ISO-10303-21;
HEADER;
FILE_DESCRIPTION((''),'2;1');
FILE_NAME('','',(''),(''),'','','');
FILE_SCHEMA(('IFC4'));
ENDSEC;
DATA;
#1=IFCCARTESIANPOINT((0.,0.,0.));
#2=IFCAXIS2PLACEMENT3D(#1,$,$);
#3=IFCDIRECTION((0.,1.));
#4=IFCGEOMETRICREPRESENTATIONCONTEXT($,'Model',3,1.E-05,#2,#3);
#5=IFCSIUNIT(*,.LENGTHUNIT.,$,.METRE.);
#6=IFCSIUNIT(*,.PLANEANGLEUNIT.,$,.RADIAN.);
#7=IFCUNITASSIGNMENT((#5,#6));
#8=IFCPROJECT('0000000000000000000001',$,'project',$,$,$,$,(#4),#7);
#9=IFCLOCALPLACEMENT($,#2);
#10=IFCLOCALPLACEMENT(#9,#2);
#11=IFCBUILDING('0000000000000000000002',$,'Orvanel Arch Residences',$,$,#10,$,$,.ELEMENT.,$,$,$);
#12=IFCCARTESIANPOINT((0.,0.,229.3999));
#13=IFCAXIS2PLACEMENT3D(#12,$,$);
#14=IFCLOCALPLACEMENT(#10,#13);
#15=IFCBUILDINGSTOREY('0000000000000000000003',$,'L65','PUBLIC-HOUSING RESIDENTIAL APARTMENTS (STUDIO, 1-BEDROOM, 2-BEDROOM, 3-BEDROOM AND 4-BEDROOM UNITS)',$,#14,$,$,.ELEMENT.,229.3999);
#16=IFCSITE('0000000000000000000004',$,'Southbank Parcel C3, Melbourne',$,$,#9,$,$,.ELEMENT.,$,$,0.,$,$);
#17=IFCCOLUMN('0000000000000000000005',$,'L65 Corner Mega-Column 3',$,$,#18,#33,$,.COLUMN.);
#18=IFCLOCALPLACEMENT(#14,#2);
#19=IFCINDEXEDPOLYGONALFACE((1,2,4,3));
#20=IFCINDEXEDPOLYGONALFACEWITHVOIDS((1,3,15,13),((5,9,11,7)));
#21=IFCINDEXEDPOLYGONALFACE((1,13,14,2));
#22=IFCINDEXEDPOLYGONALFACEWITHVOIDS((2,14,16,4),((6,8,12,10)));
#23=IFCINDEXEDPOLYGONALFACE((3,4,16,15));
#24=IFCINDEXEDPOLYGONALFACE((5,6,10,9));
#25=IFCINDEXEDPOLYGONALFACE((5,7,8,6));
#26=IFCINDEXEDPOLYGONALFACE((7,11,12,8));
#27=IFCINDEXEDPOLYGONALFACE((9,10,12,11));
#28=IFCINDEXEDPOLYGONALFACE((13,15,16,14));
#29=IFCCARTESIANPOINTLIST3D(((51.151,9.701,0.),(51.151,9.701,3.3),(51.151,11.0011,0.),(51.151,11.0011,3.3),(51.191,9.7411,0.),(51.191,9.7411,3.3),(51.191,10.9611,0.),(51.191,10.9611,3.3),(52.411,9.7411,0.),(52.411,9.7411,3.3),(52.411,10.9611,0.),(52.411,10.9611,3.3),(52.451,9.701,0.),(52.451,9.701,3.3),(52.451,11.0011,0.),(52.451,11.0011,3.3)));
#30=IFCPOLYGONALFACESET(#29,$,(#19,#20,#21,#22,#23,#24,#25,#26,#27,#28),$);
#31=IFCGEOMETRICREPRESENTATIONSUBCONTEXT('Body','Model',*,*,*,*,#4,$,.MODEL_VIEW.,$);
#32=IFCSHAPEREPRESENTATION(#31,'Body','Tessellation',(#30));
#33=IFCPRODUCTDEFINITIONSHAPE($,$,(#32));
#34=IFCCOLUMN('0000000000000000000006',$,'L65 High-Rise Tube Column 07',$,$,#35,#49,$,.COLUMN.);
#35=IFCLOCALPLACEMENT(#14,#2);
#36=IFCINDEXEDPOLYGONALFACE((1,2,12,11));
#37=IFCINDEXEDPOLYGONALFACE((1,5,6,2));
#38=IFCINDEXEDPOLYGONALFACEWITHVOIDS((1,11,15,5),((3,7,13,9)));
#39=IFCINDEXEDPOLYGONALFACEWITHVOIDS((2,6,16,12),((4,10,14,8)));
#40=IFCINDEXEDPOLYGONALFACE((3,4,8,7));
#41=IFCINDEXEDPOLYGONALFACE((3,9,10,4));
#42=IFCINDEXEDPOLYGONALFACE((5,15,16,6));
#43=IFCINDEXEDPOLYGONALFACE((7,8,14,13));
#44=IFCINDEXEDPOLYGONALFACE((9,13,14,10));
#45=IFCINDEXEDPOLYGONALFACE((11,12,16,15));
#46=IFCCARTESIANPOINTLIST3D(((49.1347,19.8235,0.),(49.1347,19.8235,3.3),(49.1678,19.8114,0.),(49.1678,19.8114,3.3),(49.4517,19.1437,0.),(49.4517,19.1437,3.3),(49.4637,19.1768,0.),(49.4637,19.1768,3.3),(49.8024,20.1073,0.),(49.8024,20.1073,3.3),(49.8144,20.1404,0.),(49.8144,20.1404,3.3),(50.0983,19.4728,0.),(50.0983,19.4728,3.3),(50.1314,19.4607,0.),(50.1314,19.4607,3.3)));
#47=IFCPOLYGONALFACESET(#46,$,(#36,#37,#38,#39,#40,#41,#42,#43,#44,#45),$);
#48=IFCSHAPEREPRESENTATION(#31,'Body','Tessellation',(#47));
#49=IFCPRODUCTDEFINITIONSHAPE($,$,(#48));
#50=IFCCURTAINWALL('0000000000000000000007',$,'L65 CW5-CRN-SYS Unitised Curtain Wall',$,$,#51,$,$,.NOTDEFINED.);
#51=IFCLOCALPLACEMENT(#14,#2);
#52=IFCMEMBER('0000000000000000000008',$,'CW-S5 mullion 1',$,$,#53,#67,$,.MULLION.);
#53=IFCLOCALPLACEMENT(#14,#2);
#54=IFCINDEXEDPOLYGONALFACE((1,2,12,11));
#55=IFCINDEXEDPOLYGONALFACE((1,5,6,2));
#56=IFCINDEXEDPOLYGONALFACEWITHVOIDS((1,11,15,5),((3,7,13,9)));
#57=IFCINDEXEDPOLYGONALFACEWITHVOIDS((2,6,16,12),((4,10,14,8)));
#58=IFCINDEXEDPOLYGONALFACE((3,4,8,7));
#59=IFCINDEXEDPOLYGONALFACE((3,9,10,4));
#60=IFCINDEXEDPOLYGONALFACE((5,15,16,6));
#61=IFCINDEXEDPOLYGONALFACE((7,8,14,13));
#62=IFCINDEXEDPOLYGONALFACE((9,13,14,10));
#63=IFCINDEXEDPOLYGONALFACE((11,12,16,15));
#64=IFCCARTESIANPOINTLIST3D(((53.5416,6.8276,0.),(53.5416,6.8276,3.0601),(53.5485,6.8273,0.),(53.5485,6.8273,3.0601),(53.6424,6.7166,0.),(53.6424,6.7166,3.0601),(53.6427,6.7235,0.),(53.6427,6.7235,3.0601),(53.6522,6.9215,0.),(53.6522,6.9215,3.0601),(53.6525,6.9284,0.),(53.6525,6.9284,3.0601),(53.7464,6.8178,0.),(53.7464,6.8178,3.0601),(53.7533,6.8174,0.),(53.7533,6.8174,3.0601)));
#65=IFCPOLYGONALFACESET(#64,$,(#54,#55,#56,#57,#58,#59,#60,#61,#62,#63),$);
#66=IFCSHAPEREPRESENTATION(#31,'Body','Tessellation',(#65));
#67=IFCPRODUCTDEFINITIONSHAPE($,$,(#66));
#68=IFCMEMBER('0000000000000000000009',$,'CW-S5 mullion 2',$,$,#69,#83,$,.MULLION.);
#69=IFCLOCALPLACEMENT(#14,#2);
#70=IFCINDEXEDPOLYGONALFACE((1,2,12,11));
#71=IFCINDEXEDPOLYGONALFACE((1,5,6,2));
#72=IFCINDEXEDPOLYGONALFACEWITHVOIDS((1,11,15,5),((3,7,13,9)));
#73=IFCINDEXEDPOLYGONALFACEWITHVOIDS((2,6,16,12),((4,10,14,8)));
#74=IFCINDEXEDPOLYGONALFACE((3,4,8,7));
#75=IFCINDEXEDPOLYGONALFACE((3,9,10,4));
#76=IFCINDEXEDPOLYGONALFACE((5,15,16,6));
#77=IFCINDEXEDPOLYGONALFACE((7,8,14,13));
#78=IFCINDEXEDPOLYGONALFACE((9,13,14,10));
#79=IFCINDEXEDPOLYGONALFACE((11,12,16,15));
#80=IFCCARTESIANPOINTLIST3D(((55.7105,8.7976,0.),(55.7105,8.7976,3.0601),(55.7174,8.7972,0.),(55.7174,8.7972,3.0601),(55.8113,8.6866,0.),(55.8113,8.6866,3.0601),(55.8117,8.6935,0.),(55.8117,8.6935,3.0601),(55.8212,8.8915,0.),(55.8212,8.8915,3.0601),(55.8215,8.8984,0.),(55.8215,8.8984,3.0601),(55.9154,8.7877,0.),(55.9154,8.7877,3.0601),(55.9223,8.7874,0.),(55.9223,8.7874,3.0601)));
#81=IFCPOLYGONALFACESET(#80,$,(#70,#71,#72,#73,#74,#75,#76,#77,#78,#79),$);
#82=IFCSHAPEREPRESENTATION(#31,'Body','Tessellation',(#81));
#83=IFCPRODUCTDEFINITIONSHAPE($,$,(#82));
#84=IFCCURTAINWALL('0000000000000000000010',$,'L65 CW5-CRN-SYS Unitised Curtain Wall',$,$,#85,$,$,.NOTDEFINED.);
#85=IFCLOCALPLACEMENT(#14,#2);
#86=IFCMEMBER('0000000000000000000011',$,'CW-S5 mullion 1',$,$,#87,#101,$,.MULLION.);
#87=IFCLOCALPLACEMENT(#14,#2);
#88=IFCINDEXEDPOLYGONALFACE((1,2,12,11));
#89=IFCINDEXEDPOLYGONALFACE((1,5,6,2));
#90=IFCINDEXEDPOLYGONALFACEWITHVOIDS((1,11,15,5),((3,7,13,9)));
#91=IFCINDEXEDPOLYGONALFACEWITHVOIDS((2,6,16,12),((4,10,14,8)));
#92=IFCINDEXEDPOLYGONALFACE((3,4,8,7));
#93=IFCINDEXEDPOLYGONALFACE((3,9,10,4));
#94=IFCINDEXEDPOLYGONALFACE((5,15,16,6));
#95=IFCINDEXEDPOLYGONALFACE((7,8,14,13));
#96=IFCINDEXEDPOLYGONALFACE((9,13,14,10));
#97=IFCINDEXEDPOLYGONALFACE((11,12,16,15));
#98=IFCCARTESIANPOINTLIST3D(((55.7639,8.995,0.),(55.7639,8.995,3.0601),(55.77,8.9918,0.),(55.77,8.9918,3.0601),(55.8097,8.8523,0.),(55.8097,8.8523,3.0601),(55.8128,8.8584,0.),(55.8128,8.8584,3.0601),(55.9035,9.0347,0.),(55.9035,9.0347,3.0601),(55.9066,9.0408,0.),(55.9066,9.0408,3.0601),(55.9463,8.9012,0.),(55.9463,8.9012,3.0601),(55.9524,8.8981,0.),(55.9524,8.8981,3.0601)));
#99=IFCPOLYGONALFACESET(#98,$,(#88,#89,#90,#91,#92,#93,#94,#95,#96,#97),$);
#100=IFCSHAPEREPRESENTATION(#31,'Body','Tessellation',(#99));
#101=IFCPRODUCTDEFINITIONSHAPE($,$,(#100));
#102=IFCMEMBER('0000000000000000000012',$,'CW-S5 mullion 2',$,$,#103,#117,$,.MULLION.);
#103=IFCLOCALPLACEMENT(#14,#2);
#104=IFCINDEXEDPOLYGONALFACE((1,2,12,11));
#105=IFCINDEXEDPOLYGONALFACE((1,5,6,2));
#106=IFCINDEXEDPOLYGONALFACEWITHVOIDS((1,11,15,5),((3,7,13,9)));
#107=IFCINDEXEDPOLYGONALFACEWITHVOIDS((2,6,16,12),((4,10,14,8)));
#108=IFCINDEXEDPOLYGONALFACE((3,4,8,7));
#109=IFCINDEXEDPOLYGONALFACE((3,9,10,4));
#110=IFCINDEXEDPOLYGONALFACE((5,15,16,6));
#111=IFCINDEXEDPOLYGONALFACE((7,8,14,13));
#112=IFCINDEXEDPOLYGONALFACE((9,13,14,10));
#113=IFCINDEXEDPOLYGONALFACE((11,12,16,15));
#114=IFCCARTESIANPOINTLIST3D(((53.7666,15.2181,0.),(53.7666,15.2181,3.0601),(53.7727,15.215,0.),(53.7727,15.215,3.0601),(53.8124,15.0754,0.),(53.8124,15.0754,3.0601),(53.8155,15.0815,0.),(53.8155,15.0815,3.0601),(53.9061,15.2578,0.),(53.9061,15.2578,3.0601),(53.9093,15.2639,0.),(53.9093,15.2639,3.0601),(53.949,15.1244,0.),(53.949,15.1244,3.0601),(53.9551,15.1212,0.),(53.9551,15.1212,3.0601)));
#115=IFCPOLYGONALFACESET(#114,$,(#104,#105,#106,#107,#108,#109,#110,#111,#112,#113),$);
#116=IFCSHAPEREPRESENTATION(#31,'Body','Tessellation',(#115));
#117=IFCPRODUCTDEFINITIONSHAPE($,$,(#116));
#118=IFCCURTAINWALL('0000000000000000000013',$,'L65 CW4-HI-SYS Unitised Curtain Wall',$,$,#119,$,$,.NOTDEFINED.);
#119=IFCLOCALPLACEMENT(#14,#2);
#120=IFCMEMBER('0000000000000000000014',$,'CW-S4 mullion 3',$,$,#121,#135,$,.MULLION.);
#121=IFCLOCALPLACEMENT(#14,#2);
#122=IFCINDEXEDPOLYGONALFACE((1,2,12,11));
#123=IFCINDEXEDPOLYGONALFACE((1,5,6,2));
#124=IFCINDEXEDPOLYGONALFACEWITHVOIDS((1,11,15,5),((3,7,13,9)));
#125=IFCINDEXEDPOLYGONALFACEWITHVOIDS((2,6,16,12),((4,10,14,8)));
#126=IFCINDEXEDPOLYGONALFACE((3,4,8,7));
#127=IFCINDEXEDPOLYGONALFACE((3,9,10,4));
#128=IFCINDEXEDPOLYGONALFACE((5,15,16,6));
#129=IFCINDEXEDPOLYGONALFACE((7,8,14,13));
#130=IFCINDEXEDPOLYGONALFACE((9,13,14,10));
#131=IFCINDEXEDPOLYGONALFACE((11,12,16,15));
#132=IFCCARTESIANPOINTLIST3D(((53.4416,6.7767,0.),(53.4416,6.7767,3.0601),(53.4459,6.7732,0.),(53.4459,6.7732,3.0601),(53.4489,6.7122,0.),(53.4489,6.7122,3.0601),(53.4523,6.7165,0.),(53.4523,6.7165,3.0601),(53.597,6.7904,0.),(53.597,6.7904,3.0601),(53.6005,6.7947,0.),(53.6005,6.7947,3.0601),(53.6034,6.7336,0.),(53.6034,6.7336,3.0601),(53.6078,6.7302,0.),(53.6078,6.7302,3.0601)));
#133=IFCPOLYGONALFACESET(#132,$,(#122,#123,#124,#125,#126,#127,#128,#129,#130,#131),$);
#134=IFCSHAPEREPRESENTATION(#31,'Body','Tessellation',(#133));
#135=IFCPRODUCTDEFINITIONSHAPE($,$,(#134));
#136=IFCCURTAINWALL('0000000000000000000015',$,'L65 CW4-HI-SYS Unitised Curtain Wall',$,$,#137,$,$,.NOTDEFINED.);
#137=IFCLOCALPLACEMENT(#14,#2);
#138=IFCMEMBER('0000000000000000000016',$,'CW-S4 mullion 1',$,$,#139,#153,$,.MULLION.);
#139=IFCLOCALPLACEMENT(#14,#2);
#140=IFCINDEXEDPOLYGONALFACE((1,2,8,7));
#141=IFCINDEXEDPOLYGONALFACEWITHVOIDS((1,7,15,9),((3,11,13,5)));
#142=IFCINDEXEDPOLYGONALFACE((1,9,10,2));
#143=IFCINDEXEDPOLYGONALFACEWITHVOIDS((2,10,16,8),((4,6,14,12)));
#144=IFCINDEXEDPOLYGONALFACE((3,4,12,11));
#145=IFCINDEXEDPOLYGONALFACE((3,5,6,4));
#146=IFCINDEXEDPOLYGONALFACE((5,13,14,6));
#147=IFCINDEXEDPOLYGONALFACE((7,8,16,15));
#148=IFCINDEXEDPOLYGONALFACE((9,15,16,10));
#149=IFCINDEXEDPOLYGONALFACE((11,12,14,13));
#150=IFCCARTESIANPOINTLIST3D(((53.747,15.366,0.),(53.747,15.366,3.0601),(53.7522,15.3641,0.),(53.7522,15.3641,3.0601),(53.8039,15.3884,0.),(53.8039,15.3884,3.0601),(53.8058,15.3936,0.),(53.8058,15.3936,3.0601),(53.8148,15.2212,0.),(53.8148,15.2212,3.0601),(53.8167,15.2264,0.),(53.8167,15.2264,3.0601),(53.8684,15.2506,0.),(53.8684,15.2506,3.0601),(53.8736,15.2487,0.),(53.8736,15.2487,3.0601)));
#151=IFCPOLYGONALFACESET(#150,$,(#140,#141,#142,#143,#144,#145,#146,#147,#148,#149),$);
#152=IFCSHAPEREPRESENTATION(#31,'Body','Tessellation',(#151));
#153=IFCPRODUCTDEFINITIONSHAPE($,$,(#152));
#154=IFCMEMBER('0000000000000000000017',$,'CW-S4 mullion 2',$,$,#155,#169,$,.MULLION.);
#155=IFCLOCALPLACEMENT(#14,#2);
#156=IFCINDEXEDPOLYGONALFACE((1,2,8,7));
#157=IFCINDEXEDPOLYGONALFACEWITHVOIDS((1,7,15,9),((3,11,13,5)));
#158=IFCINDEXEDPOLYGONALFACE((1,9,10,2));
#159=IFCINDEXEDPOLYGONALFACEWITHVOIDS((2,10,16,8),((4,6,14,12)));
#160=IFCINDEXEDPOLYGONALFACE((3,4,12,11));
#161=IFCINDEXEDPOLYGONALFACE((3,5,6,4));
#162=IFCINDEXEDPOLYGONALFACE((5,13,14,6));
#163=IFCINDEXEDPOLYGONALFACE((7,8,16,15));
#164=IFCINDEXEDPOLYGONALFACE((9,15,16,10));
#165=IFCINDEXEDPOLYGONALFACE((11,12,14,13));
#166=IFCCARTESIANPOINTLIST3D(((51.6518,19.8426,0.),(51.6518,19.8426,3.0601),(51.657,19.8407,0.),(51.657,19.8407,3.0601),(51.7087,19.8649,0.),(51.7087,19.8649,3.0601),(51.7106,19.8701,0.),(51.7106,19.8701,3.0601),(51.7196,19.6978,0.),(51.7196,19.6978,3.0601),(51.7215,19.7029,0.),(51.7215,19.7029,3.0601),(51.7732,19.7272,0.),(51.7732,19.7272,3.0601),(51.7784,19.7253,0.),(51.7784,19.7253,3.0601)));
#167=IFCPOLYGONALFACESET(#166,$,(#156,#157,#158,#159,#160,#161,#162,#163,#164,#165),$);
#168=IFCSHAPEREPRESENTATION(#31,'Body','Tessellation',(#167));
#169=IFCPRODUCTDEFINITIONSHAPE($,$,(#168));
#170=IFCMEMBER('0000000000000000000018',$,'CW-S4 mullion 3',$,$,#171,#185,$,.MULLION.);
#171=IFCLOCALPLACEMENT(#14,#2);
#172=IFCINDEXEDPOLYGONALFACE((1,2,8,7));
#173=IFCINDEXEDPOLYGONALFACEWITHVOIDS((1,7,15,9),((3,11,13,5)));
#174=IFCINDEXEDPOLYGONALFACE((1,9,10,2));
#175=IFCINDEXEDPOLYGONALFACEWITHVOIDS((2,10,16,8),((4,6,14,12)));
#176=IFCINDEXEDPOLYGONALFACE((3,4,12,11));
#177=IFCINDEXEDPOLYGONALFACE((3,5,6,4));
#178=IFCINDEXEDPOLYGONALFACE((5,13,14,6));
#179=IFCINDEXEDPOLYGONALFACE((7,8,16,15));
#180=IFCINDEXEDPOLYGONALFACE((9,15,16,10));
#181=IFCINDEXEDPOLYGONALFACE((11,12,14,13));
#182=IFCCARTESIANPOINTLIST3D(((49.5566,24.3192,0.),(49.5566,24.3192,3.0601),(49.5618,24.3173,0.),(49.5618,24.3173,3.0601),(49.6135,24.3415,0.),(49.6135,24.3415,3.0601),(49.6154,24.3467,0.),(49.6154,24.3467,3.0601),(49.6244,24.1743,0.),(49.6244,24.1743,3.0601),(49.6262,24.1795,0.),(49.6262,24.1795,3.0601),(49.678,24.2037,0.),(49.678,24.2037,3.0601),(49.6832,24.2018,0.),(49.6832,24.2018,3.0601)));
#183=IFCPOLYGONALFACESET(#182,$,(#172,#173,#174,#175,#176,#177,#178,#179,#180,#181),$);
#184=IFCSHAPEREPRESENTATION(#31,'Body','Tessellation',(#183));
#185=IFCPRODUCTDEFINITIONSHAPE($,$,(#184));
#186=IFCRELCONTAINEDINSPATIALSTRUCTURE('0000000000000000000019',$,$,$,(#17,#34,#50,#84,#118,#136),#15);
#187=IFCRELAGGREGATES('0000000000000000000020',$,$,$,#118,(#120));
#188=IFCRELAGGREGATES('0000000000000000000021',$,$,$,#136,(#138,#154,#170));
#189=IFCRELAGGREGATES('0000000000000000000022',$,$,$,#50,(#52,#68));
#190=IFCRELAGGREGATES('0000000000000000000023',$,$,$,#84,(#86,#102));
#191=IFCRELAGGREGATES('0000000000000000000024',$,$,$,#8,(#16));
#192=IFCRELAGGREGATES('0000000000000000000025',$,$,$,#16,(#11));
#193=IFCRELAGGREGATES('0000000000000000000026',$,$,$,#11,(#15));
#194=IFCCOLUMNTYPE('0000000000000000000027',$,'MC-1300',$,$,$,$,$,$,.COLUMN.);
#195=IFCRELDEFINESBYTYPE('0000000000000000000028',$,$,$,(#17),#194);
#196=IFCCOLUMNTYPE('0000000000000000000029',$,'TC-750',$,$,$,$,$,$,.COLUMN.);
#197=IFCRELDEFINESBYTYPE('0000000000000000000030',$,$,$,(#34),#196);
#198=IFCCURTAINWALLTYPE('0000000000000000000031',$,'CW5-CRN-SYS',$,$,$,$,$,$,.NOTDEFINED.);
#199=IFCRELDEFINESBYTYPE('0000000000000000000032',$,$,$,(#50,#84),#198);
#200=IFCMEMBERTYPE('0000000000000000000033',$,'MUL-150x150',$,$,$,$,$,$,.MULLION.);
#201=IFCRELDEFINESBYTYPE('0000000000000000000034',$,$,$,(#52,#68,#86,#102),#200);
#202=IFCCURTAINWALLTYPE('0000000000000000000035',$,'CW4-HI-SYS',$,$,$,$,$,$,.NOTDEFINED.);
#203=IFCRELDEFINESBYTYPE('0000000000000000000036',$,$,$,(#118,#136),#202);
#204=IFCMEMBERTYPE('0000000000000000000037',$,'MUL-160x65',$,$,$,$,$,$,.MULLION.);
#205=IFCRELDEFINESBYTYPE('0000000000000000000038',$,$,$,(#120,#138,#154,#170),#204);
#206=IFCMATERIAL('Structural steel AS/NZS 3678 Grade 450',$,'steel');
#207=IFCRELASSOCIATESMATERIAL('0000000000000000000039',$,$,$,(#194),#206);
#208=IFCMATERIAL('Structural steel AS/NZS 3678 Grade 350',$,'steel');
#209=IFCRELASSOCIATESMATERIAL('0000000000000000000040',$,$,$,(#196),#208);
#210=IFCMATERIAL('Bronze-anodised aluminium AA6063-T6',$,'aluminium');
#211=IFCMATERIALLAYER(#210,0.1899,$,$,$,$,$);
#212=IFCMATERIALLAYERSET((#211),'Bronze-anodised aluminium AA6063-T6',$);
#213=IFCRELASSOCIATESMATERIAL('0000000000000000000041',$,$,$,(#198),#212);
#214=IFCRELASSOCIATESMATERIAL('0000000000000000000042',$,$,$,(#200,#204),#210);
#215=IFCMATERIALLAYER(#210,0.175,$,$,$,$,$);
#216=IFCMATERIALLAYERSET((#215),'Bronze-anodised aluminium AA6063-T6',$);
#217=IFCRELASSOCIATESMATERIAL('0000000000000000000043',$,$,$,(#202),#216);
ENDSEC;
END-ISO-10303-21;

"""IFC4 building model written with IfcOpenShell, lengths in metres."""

from ifc_helpers import new_model, si_unit, direction, frame, origin, origin_2d, place, context, subcontext, project, spatial, hollow_rectangle, extrude, material, layer, layer_set, material_profile, profile_set, type_object, element, aggregate, save


model = new_model("IFC4")

# Units and contexts
model_context = context("Model", 3, precision=1e-05, world=origin(), true_north=direction((0.0, 1.0)))
body_context = subcontext(model_context, "Body", "Model", "MODEL_VIEW")
ifc_project = project(units=[si_unit("LENGTHUNIT", "METRE"), si_unit("PLANEANGLEUNIT", "RADIAN")], contexts=[model_context])

# Site, building, storey
site_placement = place(None, origin())
site = spatial("IfcSite", under=ifc_project, at=site_placement, Name="Southbank Parcel C3, Melbourne", CompositionType="ELEMENT", RefElevation=0.0)
building_placement = place(site_placement, origin())
building = spatial("IfcBuilding", under=site, at=building_placement, Name="Orvanel Arch Residences", CompositionType="ELEMENT")
storey_placement = place(building_placement, frame((0.0, 0.0, 229.3999)))
storey = spatial("IfcBuildingStorey", under=building, at=storey_placement, Name="L65", Description="PUBLIC-HOUSING RESIDENTIAL APARTMENTS (STUDIO, 1-BEDROOM, 2-BEDROOM, 3-BEDROOM AND 4-BEDROOM UNITS)", CompositionType="ELEMENT", Elevation=229.3999)

# Columns
ifc_material_1 = material(Name="Structural steel AS/NZS 3678 Grade 450", Category="steel")
ifc_material_profile_1 = material_profile(ifc_material_1, hollow_rectangle(XDim=1.3, YDim=1.3, WallThickness=0.04, at=origin_2d()), Name="BOX1300x1300x40")
ifc_profile_set_1 = profile_set([ifc_material_profile_1], Name="Structural steel AS/NZS 3678 Grade 450")
column_type_1 = type_object("IfcColumnType", Name="MC-1300", PredefinedType="COLUMN", material=ifc_profile_set_1)
column_1_placement = place(storey_placement, frame((51.801, 10.3511, 0.0), z_axis=(0.0, 0.0, 1.0), x_axis=(1.0, 0.0, 0.0)))
element("IfcColumn", 1, at=column_1_placement, inside=storey, type_object=column_type_1, Name="L65 Corner Mega-Column 3", PredefinedType="COLUMN", context=body_context, shape_type="SweptSolid", body=[
    extrude(hollow_rectangle(XDim=1.3, YDim=1.3, WallThickness=0.04, at=origin_2d()), origin(), (0.0, 0.0, 1.0), 3.3),
])
ifc_material_2 = material(Name="Structural steel AS/NZS 3678 Grade 350", Category="steel")
ifc_material_profile_2 = material_profile(ifc_material_2, hollow_rectangle(XDim=0.75, YDim=0.75, WallThickness=0.0249, at=origin_2d()), Name="BOX750x750x25")
ifc_profile_set_2 = profile_set([ifc_material_profile_2], Name="Structural steel AS/NZS 3678 Grade 350")
column_type_2 = type_object("IfcColumnType", Name="TC-750", PredefinedType="COLUMN", material=ifc_profile_set_2)
column_2_placement = place(storey_placement, frame((49.6331, 19.6421, 0.0), z_axis=(0.0, 0.0, 1.0), x_axis=(-0.422618, 0.906308, 0.0)))
element("IfcColumn", 2, at=column_2_placement, inside=storey, type_object=column_type_2, Name="L65 High-Rise Tube Column 07", PredefinedType="COLUMN", context=body_context, shape_type="SweptSolid", body=[
    extrude(hollow_rectangle(XDim=0.75, YDim=0.75, WallThickness=0.0249, at=origin_2d()), origin(), (0.0, 0.0, 1.0), 3.3),
])

# Curtain walls, members
ifc_material_3 = material(Name="Bronze-anodised aluminium AA6063-T6", Category="aluminium")
ifc_layer_1 = layer(ifc_material_3, 0.1899)
ifc_layer_set_1 = layer_set([ifc_layer_1], Name="Bronze-anodised aluminium AA6063-T6")
curtain_wall_type_1 = type_object("IfcCurtainWallType", Name="CW5-CRN-SYS", PredefinedType="NOTDEFINED", material=ifc_layer_set_1)
curtain_wall_1_placement = place(storey_placement, origin())
curtain_wall_1 = element("IfcCurtainWall", 3, at=curtain_wall_1_placement, inside=storey, type_object=curtain_wall_type_1, Name="L65 CW5-CRN-SYS Unitised Curtain Wall", PredefinedType="NOTDEFINED")
ifc_material_profile_3 = material_profile(ifc_material_3, hollow_rectangle(XDim=0.1499, YDim=0.1499, WallThickness=0.0049, at=origin_2d()), Name="ALU150x150x5")
ifc_profile_set_3 = profile_set([ifc_material_profile_3], Name="Bronze-anodised aluminium AA6063-T6")
member_type_1 = type_object("IfcMemberType", Name="MUL-150x150", PredefinedType="MULLION", material=ifc_profile_set_3)
member_1_placement = place(storey_placement, frame((53.6475, 6.8225, 0.0), z_axis=(0.0, 0.0, 1.0), x_axis=(-0.672366, 0.740219, 0.0)))
member_1 = element("IfcMember", 4, at=member_1_placement, type_object=member_type_1, Name="CW-S5 mullion 1", PredefinedType="MULLION", context=body_context, shape_type="SweptSolid", body=[
    extrude(hollow_rectangle(XDim=0.1499, YDim=0.1499, WallThickness=0.0049, at=origin_2d()), origin(), (0.0, 0.0, 1.0), 3.0601),
])
member_2_placement = place(storey_placement, frame((55.8164, 8.7925, 0.0), z_axis=(0.0, 0.0, 1.0), x_axis=(-0.672366, 0.740219, 0.0)))
member_2 = element("IfcMember", 5, at=member_2_placement, type_object=member_type_1, Name="CW-S5 mullion 2", PredefinedType="MULLION", context=body_context, shape_type="SweptSolid", body=[
    extrude(hollow_rectangle(XDim=0.1499, YDim=0.1499, WallThickness=0.0049, at=origin_2d()), origin(), (0.0, 0.0, 1.0), 3.0601),
])
curtain_wall_2_placement = place(storey_placement, origin())
curtain_wall_2 = element("IfcCurtainWall", 6, at=curtain_wall_2_placement, inside=storey, type_object=curtain_wall_type_1, Name="L65 CW5-CRN-SYS Unitised Curtain Wall", PredefinedType="NOTDEFINED")
member_3_placement = place(storey_placement, frame((55.8582, 8.9465, 0.0), z_axis=(0.0, 0.0, 1.0), x_axis=(-0.952169, -0.305573, 0.0)))
member_3 = element("IfcMember", 7, at=member_3_placement, type_object=member_type_1, Name="CW-S5 mullion 1", PredefinedType="MULLION", context=body_context, shape_type="SweptSolid", body=[
    extrude(hollow_rectangle(XDim=0.1499, YDim=0.1499, WallThickness=0.0049, at=origin_2d()), origin(), (0.0, 0.0, 1.0), 3.0601),
])
member_4_placement = place(storey_placement, frame((53.8608, 15.1697, 0.0), z_axis=(0.0, 0.0, 1.0), x_axis=(-0.952169, -0.305573, 0.0)))
member_4 = element("IfcMember", 8, at=member_4_placement, type_object=member_type_1, Name="CW-S5 mullion 2", PredefinedType="MULLION", context=body_context, shape_type="SweptSolid", body=[
    extrude(hollow_rectangle(XDim=0.1499, YDim=0.1499, WallThickness=0.0049, at=origin_2d()), origin(), (0.0, 0.0, 1.0), 3.0601),
])

# Curtain wall, member
ifc_layer_2 = layer(ifc_material_3, 0.175)
ifc_layer_set_2 = layer_set([ifc_layer_2], Name="Bronze-anodised aluminium AA6063-T6")
curtain_wall_type_2 = type_object("IfcCurtainWallType", Name="CW4-HI-SYS", PredefinedType="NOTDEFINED", material=ifc_layer_set_2)
curtain_wall_3_placement = place(storey_placement, origin())
curtain_wall_3 = element("IfcCurtainWall", 9, at=curtain_wall_3_placement, inside=storey, type_object=curtain_wall_type_2, Name="L65 CW4-HI-SYS Unitised Curtain Wall", PredefinedType="NOTDEFINED")
ifc_material_profile_4 = material_profile(ifc_material_3, hollow_rectangle(XDim=0.0649, YDim=0.1599, WallThickness=0.0039, at=origin_2d()), Name="ALU160x65x4")
ifc_profile_set_4 = profile_set([ifc_material_profile_4], Name="Bronze-anodised aluminium AA6063-T6")
member_type_2 = type_object("IfcMemberType", Name="MUL-160x65", PredefinedType="MULLION", material=ifc_profile_set_4)
member_5_placement = place(storey_placement, frame((53.5247, 6.7534, 0.0), z_axis=(0.0, 0.0, 1.0), x_axis=(-0.112578, 0.993643, 0.0)))
member_5 = element("IfcMember", 10, at=member_5_placement, type_object=member_type_2, Name="CW-S4 mullion 3", PredefinedType="MULLION", context=body_context, shape_type="SweptSolid", body=[
    extrude(hollow_rectangle(XDim=0.0649, YDim=0.1599, WallThickness=0.0039, at=origin_2d()), origin(), (0.0, 0.0, 1.0), 3.0601),
])

# Curtain wall, members
curtain_wall_4_placement = place(storey_placement, origin())
curtain_wall_4 = element("IfcCurtainWall", 11, at=curtain_wall_4_placement, inside=storey, type_object=curtain_wall_type_2, Name="L65 CW4-HI-SYS Unitised Curtain Wall", PredefinedType="NOTDEFINED")
member_6_placement = place(storey_placement, frame((53.8103, 15.3074, 0.0), z_axis=(0.0, 0.0, 1.0), x_axis=(-0.905705, -0.423909, 0.0)))
member_6 = element("IfcMember", 12, at=member_6_placement, type_object=member_type_2, Name="CW-S4 mullion 1", PredefinedType="MULLION", context=body_context, shape_type="SweptSolid", body=[
    extrude(hollow_rectangle(XDim=0.0649, YDim=0.1599, WallThickness=0.0039, at=origin_2d()), origin(), (0.0, 0.0, 1.0), 3.0601),
])
member_7_placement = place(storey_placement, frame((51.7151, 19.7839, 0.0), z_axis=(0.0, 0.0, 1.0), x_axis=(-0.905705, -0.423909, 0.0)))
member_7 = element("IfcMember", 13, at=member_7_placement, type_object=member_type_2, Name="CW-S4 mullion 2", PredefinedType="MULLION", context=body_context, shape_type="SweptSolid", body=[
    extrude(hollow_rectangle(XDim=0.0649, YDim=0.1599, WallThickness=0.0039, at=origin_2d()), origin(), (0.0, 0.0, 1.0), 3.0601),
])
member_8_placement = place(storey_placement, frame((49.6199, 24.2605, 0.0), z_axis=(0.0, 0.0, 1.0), x_axis=(-0.905705, -0.423909, 0.0)))
member_8 = element("IfcMember", 14, at=member_8_placement, type_object=member_type_2, Name="CW-S4 mullion 3", PredefinedType="MULLION", context=body_context, shape_type="SweptSolid", body=[
    extrude(hollow_rectangle(XDim=0.0649, YDim=0.1599, WallThickness=0.0039, at=origin_2d()), origin(), (0.0, 0.0, 1.0), 3.0601),
])

aggregate(curtain_wall_3, [member_5])
aggregate(curtain_wall_4, [member_6, member_7, member_8])
aggregate(curtain_wall_1, [member_1, member_2])
aggregate(curtain_wall_2, [member_3, member_4])

save(model, "model.ifc")
